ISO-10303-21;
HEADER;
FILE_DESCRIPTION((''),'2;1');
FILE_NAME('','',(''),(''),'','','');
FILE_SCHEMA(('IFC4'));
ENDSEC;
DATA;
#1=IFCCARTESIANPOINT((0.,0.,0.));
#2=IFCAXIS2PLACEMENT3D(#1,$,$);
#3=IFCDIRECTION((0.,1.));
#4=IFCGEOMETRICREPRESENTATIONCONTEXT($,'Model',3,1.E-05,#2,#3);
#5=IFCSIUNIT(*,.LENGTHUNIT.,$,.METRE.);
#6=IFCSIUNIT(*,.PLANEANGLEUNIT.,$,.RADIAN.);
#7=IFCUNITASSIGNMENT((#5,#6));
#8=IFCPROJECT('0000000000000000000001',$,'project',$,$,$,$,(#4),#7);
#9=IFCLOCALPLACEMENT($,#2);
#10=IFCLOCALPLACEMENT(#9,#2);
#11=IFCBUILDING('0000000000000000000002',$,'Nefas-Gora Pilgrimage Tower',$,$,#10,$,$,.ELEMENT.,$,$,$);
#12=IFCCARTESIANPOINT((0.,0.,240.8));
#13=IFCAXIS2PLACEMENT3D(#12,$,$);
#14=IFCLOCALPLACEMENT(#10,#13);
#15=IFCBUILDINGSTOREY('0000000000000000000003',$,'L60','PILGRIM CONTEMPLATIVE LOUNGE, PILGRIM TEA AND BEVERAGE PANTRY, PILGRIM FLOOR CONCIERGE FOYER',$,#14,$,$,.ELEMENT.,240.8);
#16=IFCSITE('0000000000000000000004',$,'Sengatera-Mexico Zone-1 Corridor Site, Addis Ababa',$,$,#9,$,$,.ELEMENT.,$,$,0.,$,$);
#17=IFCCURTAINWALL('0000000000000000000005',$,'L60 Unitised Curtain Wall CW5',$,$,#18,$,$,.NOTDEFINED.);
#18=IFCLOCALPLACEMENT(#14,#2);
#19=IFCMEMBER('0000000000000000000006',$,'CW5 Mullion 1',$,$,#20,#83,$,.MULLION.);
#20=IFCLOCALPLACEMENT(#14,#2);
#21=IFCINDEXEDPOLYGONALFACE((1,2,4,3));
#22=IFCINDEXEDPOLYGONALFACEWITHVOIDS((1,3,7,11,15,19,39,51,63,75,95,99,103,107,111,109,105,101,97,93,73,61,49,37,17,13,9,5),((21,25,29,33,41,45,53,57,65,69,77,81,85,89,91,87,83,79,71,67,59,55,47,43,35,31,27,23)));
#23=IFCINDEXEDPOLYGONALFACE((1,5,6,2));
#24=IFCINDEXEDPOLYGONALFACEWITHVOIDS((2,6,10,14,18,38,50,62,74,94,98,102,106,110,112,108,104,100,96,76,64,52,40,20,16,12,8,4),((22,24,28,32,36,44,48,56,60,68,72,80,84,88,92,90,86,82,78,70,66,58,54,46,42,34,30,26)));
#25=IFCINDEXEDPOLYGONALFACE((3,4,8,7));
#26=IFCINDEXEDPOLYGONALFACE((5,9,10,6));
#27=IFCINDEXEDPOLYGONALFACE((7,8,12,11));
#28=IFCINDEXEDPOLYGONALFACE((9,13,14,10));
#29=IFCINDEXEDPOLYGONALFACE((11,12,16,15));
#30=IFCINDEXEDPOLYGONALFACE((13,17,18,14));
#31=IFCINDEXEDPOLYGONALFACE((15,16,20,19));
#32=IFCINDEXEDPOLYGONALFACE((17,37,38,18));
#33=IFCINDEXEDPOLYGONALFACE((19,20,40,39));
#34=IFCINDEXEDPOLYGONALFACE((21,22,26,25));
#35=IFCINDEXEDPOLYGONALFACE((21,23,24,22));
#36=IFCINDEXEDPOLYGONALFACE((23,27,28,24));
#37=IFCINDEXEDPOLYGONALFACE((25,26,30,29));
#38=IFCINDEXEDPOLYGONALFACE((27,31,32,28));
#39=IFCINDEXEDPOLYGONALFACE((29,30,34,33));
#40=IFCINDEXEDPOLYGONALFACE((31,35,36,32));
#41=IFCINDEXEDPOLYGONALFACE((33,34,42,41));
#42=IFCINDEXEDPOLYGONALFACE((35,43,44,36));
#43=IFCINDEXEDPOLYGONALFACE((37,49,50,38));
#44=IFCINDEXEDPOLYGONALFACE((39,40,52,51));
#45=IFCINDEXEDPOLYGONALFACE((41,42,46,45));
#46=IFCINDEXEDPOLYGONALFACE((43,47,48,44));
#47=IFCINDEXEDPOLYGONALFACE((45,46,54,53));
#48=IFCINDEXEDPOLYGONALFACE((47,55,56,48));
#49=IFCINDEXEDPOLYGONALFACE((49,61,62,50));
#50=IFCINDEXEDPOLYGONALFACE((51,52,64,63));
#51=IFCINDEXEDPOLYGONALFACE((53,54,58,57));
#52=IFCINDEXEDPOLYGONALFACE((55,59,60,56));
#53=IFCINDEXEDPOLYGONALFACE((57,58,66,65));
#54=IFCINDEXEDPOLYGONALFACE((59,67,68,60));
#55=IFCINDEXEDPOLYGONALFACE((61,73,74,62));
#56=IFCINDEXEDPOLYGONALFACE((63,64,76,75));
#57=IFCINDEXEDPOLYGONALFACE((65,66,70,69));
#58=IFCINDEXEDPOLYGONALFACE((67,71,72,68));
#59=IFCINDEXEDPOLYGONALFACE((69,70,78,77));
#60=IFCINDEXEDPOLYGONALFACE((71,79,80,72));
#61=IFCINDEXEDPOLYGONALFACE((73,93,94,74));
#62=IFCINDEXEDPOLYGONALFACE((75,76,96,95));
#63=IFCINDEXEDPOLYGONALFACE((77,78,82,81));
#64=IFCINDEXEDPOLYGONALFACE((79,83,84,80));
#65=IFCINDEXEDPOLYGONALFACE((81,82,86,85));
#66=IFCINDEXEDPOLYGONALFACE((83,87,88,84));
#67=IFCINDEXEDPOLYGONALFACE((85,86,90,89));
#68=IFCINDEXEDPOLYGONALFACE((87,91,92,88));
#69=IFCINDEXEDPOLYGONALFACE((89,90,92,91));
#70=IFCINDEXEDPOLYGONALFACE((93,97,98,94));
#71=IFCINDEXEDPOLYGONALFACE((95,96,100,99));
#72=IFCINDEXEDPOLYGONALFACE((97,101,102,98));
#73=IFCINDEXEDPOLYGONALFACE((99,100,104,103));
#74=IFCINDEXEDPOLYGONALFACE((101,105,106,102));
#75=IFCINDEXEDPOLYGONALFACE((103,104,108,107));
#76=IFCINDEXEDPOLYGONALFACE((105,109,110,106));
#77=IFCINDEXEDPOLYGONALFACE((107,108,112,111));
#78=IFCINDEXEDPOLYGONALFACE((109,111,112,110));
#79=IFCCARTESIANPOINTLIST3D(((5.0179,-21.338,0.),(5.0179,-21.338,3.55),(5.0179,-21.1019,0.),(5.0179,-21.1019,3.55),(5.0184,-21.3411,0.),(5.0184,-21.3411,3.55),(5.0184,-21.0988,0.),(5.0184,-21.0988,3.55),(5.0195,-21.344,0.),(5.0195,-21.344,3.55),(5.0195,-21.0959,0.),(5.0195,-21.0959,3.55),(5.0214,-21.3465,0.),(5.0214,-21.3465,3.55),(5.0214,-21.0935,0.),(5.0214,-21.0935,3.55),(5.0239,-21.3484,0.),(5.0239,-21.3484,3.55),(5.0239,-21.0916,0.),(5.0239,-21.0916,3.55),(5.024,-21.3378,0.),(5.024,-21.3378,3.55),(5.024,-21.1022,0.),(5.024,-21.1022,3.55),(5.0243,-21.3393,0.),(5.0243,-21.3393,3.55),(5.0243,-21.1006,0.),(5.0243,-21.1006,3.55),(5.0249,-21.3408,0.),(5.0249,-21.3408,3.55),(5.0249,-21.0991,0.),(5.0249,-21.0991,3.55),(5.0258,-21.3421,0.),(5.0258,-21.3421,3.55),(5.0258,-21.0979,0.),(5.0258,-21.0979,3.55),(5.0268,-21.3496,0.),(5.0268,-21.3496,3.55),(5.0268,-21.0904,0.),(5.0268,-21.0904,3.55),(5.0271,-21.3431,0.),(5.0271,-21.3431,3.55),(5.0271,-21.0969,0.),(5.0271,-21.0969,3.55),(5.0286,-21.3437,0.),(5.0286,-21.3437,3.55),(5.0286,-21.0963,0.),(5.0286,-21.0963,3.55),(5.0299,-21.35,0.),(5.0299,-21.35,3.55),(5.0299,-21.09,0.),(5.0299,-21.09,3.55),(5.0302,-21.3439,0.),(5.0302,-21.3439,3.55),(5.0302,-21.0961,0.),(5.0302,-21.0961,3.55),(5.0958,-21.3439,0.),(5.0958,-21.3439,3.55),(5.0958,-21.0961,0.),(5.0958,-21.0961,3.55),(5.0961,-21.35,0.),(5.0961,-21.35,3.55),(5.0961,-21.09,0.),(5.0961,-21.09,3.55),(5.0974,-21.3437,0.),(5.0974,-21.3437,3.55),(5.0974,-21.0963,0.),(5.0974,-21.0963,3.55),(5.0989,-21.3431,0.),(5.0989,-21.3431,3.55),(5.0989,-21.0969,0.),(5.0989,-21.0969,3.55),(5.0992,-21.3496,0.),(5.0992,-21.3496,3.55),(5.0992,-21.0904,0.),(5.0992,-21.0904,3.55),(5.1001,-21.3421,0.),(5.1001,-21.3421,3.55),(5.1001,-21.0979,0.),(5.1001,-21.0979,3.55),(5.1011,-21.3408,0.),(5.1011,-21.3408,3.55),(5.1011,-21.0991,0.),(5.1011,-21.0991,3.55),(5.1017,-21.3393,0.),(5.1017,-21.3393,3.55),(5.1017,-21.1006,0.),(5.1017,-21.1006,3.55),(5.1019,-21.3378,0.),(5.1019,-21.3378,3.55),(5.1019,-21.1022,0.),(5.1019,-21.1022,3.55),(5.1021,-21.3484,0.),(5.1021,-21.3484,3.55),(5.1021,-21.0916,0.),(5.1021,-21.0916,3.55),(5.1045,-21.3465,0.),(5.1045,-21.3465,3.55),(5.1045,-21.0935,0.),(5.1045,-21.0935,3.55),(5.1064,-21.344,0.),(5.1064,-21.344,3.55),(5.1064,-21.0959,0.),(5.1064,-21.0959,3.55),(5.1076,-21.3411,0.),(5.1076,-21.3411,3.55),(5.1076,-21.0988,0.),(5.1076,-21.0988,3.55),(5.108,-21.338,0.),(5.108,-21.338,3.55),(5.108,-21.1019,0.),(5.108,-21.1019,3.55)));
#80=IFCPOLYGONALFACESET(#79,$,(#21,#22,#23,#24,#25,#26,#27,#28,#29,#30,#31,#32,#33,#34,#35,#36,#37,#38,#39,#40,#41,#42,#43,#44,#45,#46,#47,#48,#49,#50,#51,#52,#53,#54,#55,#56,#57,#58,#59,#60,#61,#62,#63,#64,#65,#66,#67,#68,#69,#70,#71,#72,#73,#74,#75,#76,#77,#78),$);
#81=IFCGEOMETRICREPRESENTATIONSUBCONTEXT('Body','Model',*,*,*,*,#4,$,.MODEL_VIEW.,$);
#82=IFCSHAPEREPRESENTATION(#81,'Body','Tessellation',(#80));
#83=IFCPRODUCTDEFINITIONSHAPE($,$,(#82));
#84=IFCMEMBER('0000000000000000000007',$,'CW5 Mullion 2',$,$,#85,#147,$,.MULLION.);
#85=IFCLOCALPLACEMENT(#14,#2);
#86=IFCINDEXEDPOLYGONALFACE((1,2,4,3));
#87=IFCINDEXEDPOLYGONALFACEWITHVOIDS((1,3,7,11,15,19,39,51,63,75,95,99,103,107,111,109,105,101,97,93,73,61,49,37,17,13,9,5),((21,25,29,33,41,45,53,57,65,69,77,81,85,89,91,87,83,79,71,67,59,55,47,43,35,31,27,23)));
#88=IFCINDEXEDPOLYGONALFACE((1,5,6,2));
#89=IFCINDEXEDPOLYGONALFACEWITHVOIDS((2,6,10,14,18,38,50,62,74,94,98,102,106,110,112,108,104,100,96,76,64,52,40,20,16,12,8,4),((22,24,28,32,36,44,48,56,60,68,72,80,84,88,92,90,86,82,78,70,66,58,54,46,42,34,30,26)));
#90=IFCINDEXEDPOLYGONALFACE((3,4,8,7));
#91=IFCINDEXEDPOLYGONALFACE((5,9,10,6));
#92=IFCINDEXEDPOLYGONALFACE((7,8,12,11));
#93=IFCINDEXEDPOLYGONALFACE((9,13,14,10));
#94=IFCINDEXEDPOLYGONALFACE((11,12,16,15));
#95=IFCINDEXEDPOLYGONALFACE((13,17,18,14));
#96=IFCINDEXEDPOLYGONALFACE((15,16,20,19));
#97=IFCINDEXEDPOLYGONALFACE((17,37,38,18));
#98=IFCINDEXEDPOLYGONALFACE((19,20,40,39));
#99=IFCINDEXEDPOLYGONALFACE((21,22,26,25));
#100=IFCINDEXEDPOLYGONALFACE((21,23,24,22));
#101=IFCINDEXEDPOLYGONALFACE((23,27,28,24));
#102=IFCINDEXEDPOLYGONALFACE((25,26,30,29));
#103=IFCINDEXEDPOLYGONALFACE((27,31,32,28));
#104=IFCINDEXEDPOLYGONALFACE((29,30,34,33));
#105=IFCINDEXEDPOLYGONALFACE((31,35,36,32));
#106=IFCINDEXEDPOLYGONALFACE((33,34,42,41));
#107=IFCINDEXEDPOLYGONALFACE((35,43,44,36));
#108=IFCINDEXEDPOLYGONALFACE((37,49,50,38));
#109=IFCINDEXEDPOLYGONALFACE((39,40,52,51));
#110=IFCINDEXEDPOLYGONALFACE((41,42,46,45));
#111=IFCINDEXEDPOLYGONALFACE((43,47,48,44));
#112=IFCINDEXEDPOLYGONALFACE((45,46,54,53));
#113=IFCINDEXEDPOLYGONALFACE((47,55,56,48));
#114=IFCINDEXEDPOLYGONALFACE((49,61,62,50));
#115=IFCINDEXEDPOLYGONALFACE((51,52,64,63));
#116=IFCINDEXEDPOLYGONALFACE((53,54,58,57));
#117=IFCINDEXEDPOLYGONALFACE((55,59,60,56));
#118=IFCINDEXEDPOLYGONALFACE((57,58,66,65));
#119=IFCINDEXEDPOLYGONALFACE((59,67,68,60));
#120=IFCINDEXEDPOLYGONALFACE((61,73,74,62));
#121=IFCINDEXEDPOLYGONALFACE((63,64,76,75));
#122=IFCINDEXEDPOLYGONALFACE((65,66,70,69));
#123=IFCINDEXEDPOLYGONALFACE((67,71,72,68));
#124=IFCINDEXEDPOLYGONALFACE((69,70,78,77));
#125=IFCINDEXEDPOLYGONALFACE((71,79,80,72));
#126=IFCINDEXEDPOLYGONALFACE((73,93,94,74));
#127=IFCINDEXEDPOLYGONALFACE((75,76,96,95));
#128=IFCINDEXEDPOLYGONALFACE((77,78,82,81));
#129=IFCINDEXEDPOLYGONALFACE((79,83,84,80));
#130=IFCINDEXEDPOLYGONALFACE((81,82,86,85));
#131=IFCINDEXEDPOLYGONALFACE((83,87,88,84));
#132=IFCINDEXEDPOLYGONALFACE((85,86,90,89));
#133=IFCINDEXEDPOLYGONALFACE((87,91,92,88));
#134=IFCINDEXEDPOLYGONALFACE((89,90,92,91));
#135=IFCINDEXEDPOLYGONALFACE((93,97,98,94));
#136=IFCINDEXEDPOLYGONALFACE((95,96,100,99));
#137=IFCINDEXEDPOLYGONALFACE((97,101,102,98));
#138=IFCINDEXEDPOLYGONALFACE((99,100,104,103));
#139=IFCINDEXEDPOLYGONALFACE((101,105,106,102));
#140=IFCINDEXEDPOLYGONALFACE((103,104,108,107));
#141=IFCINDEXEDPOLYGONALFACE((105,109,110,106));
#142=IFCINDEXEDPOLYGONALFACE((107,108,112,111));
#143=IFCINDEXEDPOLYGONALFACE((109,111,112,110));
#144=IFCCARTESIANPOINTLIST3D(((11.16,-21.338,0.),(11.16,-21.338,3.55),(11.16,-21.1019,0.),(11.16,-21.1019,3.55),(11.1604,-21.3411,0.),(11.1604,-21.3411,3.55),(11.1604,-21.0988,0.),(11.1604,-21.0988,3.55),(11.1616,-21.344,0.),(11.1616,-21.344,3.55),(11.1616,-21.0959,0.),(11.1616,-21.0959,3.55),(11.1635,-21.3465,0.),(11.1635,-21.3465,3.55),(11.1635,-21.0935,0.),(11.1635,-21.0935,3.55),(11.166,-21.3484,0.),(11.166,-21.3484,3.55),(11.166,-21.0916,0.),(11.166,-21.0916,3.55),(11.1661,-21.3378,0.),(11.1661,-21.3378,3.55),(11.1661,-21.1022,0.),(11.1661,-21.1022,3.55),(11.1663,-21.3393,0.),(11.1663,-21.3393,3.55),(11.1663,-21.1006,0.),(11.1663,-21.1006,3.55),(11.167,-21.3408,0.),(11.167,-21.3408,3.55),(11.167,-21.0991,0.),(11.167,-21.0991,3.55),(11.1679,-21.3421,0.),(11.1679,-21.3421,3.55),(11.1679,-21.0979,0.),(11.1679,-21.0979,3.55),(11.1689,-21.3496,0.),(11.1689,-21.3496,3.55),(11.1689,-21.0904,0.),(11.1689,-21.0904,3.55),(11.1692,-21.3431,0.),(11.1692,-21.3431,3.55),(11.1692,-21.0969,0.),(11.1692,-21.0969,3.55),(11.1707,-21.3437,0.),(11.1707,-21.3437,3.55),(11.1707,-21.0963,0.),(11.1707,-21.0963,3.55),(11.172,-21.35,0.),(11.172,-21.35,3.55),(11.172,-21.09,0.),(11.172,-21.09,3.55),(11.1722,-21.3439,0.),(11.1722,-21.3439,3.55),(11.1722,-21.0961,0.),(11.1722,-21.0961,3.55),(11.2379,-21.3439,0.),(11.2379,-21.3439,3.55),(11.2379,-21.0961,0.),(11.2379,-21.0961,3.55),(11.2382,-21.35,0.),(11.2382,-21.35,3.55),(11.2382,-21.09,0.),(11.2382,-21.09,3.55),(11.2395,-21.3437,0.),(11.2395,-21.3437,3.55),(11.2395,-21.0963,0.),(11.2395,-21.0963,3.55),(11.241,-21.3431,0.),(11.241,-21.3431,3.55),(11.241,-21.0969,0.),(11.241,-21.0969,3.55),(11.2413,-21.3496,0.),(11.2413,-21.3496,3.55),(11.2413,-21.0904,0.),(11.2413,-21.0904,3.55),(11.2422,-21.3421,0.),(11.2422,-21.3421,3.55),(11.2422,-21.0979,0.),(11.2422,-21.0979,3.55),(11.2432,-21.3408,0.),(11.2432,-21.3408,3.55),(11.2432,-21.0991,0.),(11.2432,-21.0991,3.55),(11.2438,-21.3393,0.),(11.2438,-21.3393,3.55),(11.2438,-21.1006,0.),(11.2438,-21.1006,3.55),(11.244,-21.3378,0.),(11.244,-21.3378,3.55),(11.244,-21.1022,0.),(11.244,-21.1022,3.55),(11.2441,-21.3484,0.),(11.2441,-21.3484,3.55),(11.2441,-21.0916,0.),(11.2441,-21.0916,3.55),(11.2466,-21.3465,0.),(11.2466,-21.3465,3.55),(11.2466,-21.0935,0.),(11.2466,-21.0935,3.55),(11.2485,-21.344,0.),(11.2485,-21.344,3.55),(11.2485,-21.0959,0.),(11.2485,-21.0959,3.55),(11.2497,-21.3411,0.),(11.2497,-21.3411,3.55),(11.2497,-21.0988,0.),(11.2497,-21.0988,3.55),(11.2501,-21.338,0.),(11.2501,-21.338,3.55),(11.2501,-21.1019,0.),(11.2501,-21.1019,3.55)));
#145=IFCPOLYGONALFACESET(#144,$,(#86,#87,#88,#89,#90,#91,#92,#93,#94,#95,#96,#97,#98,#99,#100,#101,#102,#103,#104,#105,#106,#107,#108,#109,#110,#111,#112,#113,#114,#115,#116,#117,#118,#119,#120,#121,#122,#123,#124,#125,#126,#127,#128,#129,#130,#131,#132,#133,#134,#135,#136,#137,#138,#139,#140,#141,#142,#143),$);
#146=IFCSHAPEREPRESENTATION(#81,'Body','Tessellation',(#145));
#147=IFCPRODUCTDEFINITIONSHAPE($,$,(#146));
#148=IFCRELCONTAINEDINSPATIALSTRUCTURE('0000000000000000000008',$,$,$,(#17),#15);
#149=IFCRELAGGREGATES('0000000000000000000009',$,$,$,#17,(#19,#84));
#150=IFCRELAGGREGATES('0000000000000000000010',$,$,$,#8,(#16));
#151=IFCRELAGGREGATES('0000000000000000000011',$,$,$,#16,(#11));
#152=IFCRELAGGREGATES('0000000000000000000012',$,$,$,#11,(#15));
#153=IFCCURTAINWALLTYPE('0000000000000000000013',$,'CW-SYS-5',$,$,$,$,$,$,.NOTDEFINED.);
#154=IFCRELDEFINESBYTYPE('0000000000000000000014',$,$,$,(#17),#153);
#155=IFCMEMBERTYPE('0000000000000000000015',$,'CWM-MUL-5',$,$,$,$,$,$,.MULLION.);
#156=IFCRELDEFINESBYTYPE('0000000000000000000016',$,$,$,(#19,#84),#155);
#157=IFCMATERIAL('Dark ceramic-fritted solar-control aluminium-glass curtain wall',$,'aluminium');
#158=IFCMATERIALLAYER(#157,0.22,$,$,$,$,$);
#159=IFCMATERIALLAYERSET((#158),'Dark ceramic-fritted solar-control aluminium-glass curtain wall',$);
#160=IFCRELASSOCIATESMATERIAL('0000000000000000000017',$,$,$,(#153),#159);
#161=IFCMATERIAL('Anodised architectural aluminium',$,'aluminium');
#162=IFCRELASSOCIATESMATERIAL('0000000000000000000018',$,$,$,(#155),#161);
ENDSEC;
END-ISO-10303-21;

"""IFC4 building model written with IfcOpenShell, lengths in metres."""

from ifc_helpers import new_model, si_unit, direction, frame, origin, origin_2d, place, context, subcontext, project, spatial, hollow_rectangle, extrude, source, transform, mapped, material, layer, layer_set, material_profile, profile_set, type_object, element, aggregate, save


model = new_model("IFC4")

# Units and contexts
model_context = context("Model", 3, precision=1e-05, world=origin(), true_north=direction((0.0, 1.0)))
body_context = subcontext(model_context, "Body", "Model", "MODEL_VIEW")
ifc_project = project(units=[si_unit("LENGTHUNIT", "METRE"), si_unit("PLANEANGLEUNIT", "RADIAN")], contexts=[model_context])

# Site, building, storey
site_placement = place(None, origin())
site = spatial("IfcSite", under=ifc_project, at=site_placement, Name="Sengatera-Mexico Zone-1 Corridor Site, Addis Ababa", CompositionType="ELEMENT", RefElevation=0.0)
building_placement = place(site_placement, origin())
building = spatial("IfcBuilding", under=site, at=building_placement, Name="Nefas-Gora Pilgrimage Tower", CompositionType="ELEMENT")
storey_placement = place(building_placement, frame((0.0, 0.0, 240.8)))
storey = spatial("IfcBuildingStorey", under=building, at=storey_placement, Name="L60", Description="PILGRIM CONTEMPLATIVE LOUNGE, PILGRIM TEA AND BEVERAGE PANTRY, PILGRIM FLOOR CONCIERGE FOYER", CompositionType="ELEMENT", Elevation=240.8)

# Curtain wall, members
ifc_material_1 = material(Name="Dark ceramic-fritted solar-control aluminium-glass curtain wall", Category="aluminium")
ifc_layer_1 = layer(ifc_material_1, 0.22)
ifc_layer_set_1 = layer_set([ifc_layer_1], Name="Dark ceramic-fritted solar-control aluminium-glass curtain wall")
curtain_wall_type = type_object("IfcCurtainWallType", Name="CW-SYS-5", PredefinedType="NOTDEFINED", material=ifc_layer_set_1)
curtain_wall_1_placement = place(storey_placement, origin())
curtain_wall_1 = element("IfcCurtainWall", 1, at=curtain_wall_1_placement, inside=storey, type_object=curtain_wall_type, Name="L60 Unitised Curtain Wall CW5", PredefinedType="NOTDEFINED")
ifc_material_2 = material(Name="Anodised architectural aluminium", Category="aluminium")
ifc_material_profile_1 = material_profile(ifc_material_2, hollow_rectangle(XDim=0.0901, YDim=0.26, WallThickness=0.0061, InnerFilletRadius=0.0061, OuterFilletRadius=0.012, at=origin_2d()), Name="ALU MULLION 90x260")
ifc_profile_set_1 = profile_set([ifc_material_profile_1], Name="Anodised architectural aluminium")
member_type_1 = type_object("IfcMemberType", Name="CWM-MUL-5", PredefinedType="MULLION", material=ifc_profile_set_1)
shared_shape_1 = source(origin(), body_context, "Body", "SweptSolid", [
    extrude(hollow_rectangle(XDim=0.0901, YDim=0.26, WallThickness=0.0061, InnerFilletRadius=0.0061, OuterFilletRadius=0.012, at=origin_2d()), origin(), (0.0, 0.0, 1.0), 3.55),
])
member_1_placement = place(storey_placement, frame((5.063, -21.22, 0.0), z_axis=(0.0, 0.0, 1.0), x_axis=(1.0, 0.0, 0.0)))
member_1 = element("IfcMember", 2, at=member_1_placement, type_object=member_type_1, Name="CW5 Mullion 1", PredefinedType="MULLION", context=body_context, shape_type="MappedRepresentation", body=[
    mapped(shared_shape_1, transform((0.0, 0.0, 0.0), x_axis=(1.0, 0.0, 0.0), y_axis=(0.0, 1.0, 0.0), z_axis=(0.0, 0.0, 1.0), scale=1.0)),
])
member_2_placement = place(storey_placement, frame((11.2051, -21.22, 0.0), z_axis=(0.0, 0.0, 1.0), x_axis=(1.0, 0.0, 0.0)))
member_2 = element("IfcMember", 3, at=member_2_placement, type_object=member_type_1, Name="CW5 Mullion 2", PredefinedType="MULLION", context=body_context, shape_type="MappedRepresentation", body=[
    mapped(shared_shape_1, transform((0.0, 0.0, 0.0), x_axis=(1.0, 0.0, 0.0), y_axis=(0.0, 1.0, 0.0), z_axis=(0.0, 0.0, 1.0), scale=1.0)),
])

aggregate(curtain_wall_1, [member_1, member_2])

save(model, "model.ifc")
